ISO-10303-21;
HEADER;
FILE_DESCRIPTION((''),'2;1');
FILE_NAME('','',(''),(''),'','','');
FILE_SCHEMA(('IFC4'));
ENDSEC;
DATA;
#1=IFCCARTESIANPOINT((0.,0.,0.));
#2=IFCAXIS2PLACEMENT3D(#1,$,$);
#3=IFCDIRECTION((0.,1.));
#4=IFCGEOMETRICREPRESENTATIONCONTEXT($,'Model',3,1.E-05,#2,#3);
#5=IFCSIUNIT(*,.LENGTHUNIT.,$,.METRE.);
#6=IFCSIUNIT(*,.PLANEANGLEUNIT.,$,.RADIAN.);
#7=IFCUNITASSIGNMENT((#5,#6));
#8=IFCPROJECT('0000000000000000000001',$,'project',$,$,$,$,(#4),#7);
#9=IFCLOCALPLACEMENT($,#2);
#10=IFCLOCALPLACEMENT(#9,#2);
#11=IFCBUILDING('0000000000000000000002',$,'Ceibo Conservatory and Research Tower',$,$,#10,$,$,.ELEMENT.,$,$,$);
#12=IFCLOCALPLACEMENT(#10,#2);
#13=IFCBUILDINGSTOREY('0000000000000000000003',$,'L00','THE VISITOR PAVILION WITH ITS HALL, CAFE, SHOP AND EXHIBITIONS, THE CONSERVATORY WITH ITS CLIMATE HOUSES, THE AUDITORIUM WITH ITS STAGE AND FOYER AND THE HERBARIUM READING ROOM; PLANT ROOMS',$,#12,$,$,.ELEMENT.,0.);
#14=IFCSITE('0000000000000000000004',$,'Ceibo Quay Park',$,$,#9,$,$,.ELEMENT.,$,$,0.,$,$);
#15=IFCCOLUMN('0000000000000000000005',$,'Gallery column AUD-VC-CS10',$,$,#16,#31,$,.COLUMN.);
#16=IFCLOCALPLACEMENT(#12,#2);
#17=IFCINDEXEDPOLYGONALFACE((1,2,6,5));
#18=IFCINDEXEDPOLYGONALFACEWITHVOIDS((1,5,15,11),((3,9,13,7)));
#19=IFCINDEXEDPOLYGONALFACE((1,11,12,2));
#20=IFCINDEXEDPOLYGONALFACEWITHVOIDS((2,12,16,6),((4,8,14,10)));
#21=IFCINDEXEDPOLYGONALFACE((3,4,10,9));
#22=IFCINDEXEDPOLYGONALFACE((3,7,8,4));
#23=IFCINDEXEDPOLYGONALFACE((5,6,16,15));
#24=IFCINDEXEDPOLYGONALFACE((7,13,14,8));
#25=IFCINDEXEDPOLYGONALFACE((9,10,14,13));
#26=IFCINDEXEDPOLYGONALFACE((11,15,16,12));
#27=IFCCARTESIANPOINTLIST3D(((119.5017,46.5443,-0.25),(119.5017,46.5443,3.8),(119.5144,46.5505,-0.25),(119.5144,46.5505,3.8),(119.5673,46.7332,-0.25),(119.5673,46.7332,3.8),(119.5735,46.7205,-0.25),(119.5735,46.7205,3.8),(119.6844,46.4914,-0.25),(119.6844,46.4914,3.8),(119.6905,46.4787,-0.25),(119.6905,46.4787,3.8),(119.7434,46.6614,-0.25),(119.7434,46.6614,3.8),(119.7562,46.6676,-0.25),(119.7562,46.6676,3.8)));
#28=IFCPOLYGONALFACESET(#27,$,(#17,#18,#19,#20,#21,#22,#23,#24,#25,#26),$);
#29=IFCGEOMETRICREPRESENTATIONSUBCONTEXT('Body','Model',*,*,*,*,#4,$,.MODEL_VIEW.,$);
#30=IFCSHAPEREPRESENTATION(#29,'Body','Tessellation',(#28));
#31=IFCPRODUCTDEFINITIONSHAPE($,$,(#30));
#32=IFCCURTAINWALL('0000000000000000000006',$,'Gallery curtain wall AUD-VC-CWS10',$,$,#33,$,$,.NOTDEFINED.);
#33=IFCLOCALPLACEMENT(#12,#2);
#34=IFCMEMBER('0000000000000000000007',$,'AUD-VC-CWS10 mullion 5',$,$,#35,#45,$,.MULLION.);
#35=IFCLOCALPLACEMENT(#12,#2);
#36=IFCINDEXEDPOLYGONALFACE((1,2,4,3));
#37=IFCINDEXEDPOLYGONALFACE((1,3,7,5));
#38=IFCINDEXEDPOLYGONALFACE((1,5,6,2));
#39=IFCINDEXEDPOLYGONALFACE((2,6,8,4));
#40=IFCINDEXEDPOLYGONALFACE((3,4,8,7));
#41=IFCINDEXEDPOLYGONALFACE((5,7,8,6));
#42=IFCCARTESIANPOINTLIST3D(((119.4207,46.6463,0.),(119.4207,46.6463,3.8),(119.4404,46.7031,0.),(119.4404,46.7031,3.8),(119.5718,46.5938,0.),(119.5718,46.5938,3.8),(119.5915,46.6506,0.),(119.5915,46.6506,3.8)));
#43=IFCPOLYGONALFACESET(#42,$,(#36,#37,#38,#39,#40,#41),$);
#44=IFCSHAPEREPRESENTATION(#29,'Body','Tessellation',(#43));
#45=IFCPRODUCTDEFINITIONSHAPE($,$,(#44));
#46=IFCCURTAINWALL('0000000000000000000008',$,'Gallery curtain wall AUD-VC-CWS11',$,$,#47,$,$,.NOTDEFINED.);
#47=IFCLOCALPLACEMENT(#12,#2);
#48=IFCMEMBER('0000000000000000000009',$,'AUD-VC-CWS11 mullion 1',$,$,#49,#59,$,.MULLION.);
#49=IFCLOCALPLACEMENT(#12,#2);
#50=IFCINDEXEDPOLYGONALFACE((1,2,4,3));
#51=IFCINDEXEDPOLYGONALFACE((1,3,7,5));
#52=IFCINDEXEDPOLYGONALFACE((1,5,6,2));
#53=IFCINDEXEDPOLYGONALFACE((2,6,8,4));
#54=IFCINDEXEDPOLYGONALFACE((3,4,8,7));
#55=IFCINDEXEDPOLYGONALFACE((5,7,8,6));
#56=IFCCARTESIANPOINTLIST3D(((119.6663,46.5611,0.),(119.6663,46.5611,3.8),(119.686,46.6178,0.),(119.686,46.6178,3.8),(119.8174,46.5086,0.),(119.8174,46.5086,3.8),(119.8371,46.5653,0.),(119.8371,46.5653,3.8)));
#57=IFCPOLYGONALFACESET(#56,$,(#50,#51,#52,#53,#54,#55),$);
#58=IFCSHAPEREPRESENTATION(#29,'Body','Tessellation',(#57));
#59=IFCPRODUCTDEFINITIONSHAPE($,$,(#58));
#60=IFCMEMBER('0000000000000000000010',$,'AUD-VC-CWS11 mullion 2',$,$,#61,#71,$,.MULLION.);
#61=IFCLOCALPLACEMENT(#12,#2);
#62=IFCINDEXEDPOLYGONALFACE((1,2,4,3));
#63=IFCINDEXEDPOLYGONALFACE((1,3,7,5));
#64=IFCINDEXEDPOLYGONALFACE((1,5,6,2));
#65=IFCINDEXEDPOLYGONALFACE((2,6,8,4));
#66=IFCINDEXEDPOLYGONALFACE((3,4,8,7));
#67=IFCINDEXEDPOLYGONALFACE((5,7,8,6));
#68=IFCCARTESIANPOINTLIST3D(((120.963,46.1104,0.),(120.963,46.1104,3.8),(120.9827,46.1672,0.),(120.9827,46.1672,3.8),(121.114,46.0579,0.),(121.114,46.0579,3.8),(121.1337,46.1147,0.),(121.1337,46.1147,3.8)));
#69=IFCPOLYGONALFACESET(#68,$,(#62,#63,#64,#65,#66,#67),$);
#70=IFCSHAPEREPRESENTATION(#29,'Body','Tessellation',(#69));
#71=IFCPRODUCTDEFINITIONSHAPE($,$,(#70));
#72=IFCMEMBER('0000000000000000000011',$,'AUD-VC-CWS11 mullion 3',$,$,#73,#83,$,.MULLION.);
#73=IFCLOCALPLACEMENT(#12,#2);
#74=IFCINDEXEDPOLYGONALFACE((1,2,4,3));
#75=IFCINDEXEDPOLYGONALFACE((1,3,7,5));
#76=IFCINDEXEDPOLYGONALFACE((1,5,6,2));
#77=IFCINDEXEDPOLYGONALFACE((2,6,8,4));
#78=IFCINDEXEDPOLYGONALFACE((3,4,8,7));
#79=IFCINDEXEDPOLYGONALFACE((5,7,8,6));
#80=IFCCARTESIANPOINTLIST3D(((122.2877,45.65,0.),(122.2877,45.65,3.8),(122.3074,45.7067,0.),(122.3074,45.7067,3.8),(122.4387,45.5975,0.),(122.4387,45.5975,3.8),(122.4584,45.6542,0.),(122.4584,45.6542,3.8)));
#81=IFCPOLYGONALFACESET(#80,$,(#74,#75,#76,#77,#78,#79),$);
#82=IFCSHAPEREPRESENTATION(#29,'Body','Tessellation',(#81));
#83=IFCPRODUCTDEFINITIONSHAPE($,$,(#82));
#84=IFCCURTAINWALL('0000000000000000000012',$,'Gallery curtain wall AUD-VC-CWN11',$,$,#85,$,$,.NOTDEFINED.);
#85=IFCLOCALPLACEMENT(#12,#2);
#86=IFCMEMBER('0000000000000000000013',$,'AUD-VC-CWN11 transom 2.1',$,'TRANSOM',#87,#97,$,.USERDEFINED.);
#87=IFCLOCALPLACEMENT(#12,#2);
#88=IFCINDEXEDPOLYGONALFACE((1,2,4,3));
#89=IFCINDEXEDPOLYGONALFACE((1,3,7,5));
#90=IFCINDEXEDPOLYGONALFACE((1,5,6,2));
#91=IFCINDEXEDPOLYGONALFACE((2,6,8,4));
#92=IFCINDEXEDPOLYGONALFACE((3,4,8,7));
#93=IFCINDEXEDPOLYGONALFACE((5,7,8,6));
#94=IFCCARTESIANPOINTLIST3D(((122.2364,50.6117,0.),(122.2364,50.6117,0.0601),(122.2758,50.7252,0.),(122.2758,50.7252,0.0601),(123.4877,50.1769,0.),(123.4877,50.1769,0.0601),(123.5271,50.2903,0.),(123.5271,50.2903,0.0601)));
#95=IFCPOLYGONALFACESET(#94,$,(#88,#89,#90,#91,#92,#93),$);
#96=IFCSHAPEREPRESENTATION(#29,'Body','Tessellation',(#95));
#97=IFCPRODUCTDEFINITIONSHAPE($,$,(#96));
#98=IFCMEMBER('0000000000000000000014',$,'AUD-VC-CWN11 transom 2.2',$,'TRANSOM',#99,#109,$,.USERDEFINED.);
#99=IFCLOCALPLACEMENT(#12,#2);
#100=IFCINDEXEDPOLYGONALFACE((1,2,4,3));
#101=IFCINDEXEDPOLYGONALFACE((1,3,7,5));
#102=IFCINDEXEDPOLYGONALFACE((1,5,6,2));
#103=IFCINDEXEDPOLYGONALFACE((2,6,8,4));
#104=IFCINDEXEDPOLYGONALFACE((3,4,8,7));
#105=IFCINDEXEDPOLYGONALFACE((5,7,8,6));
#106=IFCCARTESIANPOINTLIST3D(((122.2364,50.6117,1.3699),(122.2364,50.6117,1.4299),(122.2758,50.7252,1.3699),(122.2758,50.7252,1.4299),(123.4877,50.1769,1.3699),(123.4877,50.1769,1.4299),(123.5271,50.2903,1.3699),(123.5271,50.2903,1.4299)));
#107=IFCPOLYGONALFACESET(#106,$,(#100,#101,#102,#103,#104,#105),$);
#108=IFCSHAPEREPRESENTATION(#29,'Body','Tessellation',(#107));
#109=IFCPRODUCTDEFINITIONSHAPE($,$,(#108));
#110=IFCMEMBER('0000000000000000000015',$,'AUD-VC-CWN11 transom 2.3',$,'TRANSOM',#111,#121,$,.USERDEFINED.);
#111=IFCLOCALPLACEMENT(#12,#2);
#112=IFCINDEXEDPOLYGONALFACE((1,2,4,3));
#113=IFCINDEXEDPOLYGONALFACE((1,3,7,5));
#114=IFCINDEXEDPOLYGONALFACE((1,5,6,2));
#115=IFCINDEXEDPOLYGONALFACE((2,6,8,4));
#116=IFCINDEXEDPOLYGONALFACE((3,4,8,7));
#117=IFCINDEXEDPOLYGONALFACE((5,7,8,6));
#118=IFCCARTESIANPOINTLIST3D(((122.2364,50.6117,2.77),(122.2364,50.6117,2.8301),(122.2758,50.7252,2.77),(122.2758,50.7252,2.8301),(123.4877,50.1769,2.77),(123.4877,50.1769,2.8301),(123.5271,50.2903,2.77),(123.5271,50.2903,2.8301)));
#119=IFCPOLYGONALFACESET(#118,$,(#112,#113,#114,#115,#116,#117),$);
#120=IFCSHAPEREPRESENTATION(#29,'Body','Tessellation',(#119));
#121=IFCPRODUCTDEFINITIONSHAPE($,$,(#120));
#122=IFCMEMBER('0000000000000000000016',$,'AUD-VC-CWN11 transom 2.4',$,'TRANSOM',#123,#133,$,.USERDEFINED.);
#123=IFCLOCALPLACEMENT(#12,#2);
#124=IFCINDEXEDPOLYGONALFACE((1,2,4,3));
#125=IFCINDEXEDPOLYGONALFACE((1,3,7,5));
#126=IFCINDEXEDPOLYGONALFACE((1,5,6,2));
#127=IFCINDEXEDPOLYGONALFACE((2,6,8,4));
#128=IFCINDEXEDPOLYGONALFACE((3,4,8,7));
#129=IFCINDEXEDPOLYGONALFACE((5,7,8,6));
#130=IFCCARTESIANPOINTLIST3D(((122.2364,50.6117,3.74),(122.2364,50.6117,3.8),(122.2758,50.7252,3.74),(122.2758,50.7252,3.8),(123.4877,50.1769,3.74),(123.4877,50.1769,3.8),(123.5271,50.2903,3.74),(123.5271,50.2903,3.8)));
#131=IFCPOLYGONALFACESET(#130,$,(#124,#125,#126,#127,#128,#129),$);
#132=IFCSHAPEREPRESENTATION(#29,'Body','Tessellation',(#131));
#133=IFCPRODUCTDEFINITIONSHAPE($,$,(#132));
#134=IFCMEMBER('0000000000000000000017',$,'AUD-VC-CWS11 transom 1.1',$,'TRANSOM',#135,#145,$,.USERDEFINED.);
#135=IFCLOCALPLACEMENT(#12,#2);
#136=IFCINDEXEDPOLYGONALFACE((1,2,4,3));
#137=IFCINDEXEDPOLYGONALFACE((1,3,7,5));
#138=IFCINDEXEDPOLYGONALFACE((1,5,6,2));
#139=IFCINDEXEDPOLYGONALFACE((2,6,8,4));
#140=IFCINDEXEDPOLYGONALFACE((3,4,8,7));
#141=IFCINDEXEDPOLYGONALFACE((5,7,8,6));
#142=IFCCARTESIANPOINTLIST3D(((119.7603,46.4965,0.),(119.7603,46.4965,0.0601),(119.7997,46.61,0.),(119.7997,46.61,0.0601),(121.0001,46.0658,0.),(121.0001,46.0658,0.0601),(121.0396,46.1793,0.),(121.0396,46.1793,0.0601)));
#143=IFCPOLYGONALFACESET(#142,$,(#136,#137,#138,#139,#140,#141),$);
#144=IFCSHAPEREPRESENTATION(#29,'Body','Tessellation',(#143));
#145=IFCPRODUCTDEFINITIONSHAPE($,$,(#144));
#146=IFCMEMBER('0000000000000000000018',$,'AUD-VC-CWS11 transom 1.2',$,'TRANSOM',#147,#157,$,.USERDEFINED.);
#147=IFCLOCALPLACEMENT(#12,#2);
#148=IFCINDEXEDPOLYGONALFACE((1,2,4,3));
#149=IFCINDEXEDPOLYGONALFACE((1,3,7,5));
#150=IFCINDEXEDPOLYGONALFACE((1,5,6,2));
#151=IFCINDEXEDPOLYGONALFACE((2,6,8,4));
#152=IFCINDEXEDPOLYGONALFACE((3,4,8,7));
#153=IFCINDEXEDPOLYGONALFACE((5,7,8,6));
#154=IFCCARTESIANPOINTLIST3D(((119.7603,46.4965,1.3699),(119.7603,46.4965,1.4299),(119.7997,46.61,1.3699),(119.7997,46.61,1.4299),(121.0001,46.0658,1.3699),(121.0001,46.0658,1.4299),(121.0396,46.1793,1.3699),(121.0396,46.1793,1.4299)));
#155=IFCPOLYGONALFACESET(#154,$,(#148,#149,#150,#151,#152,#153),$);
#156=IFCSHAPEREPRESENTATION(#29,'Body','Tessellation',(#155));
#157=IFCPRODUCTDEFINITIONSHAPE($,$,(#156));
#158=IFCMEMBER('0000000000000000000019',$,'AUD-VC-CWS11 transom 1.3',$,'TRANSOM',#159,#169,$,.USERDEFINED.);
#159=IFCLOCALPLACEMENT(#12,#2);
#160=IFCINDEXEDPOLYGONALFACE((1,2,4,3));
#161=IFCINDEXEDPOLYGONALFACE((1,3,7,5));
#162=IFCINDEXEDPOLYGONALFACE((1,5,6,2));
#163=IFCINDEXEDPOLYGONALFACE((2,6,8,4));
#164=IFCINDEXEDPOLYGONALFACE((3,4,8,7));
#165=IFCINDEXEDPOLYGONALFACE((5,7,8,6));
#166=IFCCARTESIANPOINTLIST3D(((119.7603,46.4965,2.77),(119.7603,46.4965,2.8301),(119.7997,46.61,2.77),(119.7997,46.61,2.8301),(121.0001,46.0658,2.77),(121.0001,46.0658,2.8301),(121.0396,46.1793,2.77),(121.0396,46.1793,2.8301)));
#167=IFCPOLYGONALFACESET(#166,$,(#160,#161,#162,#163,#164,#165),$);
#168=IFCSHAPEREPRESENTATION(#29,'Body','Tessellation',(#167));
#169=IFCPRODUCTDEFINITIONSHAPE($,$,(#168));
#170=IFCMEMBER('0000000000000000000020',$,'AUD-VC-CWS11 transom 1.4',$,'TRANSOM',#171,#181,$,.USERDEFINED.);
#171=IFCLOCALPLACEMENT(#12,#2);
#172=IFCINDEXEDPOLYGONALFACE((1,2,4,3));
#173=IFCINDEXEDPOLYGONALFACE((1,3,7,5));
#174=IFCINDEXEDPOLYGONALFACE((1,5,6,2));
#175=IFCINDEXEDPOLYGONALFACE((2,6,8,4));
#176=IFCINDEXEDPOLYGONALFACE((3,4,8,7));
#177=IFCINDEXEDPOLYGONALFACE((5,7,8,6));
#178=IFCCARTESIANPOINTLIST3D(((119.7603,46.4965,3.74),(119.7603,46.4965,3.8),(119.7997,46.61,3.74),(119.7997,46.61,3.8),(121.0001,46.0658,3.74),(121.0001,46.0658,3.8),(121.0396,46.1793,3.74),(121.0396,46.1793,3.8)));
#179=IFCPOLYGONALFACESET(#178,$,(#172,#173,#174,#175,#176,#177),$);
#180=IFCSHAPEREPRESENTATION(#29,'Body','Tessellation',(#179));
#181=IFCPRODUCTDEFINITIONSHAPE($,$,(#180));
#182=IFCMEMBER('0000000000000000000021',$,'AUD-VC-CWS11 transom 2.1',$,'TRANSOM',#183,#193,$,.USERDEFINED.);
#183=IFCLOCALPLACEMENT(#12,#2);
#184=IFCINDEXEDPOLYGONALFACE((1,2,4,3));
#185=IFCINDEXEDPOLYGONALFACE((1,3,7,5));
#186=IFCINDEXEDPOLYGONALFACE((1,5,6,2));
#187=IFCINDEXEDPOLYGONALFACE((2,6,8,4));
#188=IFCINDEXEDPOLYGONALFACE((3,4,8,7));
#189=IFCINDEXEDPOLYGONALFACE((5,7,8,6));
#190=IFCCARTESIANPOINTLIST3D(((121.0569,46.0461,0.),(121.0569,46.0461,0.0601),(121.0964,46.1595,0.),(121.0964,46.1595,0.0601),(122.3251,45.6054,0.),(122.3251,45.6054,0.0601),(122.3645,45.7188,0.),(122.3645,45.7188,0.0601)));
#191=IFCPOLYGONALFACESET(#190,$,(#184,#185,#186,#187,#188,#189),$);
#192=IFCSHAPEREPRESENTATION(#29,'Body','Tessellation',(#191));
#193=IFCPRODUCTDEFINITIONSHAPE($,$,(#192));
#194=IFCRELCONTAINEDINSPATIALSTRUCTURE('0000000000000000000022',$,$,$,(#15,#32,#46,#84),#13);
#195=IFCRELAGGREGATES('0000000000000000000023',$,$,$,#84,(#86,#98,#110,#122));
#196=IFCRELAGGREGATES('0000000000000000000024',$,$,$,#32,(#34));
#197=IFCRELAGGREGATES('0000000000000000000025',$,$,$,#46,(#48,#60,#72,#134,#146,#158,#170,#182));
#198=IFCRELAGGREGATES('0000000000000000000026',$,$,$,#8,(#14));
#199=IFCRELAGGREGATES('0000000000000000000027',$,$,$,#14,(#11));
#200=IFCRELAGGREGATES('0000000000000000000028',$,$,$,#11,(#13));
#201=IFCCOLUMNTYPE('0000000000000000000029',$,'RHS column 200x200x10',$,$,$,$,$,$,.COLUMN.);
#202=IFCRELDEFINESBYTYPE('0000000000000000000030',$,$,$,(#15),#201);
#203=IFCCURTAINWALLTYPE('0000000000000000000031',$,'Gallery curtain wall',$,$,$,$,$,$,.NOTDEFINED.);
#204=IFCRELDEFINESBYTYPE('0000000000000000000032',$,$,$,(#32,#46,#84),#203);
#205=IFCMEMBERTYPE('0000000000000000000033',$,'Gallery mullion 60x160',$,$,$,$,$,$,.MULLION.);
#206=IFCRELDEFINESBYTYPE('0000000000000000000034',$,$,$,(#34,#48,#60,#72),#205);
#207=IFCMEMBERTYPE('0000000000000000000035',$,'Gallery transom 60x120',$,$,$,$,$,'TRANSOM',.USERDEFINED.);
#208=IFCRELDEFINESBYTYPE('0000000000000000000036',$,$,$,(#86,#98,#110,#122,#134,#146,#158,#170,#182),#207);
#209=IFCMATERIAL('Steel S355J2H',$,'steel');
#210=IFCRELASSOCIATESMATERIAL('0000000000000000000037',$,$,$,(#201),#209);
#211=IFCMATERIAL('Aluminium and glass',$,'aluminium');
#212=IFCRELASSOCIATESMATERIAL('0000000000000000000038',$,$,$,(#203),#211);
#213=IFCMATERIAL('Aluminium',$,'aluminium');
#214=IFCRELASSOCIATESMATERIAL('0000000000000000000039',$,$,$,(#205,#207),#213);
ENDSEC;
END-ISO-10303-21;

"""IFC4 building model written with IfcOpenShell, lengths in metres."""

from ifc_helpers import new_model, si_unit, direction, frame, origin, origin_2d, place, context, subcontext, project, spatial, rectangle, hollow_rectangle, extrude, material, material_profile, profile_set, type_object, element, aggregate, save


model = new_model("IFC4")

# Units and contexts
model_context = context("Model", 3, precision=1e-05, world=origin(), true_north=direction((0.0, 1.0)))
body_context = subcontext(model_context, "Body", "Model", "MODEL_VIEW")
ifc_project = project(units=[si_unit("LENGTHUNIT", "METRE"), si_unit("PLANEANGLEUNIT", "RADIAN")], contexts=[model_context])

# Site, building, storey
site_placement = place(None, origin())
site = spatial("IfcSite", under=ifc_project, at=site_placement, Name="Ceibo Quay Park", CompositionType="ELEMENT", RefElevation=0.0)
building_placement = place(site_placement, origin())
building = spatial("IfcBuilding", under=site, at=building_placement, Name="Ceibo Conservatory and Research Tower", CompositionType="ELEMENT")
storey_placement = place(building_placement, origin())
storey = spatial("IfcBuildingStorey", under=building, at=storey_placement, Name="L00", Description="THE VISITOR PAVILION WITH ITS HALL, CAFE, SHOP AND EXHIBITIONS, THE CONSERVATORY WITH ITS CLIMATE HOUSES, THE AUDITORIUM WITH ITS STAGE AND FOYER AND THE HERBARIUM READING ROOM; PLANT ROOMS", CompositionType="ELEMENT", Elevation=0.0)

# Column
ifc_material_1 = material(Name="Steel S355J2H", Category="steel")
ifc_material_profile_1 = material_profile(ifc_material_1, hollow_rectangle(XDim=0.2, YDim=0.2, WallThickness=0.01, at=origin_2d()), Name="RHS column 200x200x10")
ifc_profile_set_1 = profile_set([ifc_material_profile_1], Name="Steel S355J2H")
column_type = type_object("IfcColumnType", Name="RHS column 200x200x10", PredefinedType="COLUMN", material=ifc_profile_set_1)
column_placement = place(storey_placement, frame((119.6289, 46.606, -0.25), z_axis=(0.0, 0.0, 1.0), x_axis=(0.944579, -0.328284, 0.0)))
element("IfcColumn", 1, at=column_placement, inside=storey, type_object=column_type, Name="Gallery column AUD-VC-CS10", PredefinedType="COLUMN", context=body_context, shape_type="SweptSolid", body=[
    extrude(hollow_rectangle(XDim=0.2, YDim=0.2, WallThickness=0.01, at=origin_2d()), origin(), (0.0, 0.0, 1.0), 4.05),
])

# Curtain wall, member
ifc_material_2 = material(Name="Aluminium and glass", Category="aluminium")
curtain_wall_type = type_object("IfcCurtainWallType", Name="Gallery curtain wall", PredefinedType="NOTDEFINED", material=ifc_material_2)
curtain_wall_1_placement = place(storey_placement, origin())
curtain_wall_1 = element("IfcCurtainWall", 2, at=curtain_wall_1_placement, inside=storey, type_object=curtain_wall_type, Name="Gallery curtain wall AUD-VC-CWS10", PredefinedType="NOTDEFINED")
ifc_material_3 = material(Name="Aluminium", Category="aluminium")
ifc_material_profile_2 = material_profile(ifc_material_3, rectangle(XDim=0.0601, YDim=0.1599, at=origin_2d()), Name="AL 60x160")
ifc_profile_set_2 = profile_set([ifc_material_profile_2], Name="Aluminium")
member_type_1 = type_object("IfcMemberType", Name="Gallery mullion 60x160", PredefinedType="MULLION", material=ifc_profile_set_2)
member_1_placement = place(storey_placement, frame((119.5061, 46.6484, 0.0), z_axis=(0.0, 0.0, 1.0), x_axis=(0.328284, 0.944579, 0.0)))
member_1 = element("IfcMember", 3, at=member_1_placement, type_object=member_type_1, Name="AUD-VC-CWS10 mullion 5", PredefinedType="MULLION", context=body_context, shape_type="SweptSolid", body=[
    extrude(rectangle(XDim=0.0601, YDim=0.1599, at=origin_2d()), origin(), (0.0, 0.0, 1.0), 3.8),
])

# Curtain walls, members
curtain_wall_2_placement = place(storey_placement, origin())
curtain_wall_2 = element("IfcCurtainWall", 4, at=curtain_wall_2_placement, inside=storey, type_object=curtain_wall_type, Name="Gallery curtain wall AUD-VC-CWS11", PredefinedType="NOTDEFINED")
member_2_placement = place(storey_placement, frame((119.7517, 46.5632, 0.0), z_axis=(0.0, 0.0, 1.0), x_axis=(0.328284, 0.944579, 0.0)))
member_2 = element("IfcMember", 5, at=member_2_placement, type_object=member_type_1, Name="AUD-VC-CWS11 mullion 1", PredefinedType="MULLION", context=body_context, shape_type="SweptSolid", body=[
    extrude(rectangle(XDim=0.0601, YDim=0.1599, at=origin_2d()), origin(), (0.0, 0.0, 1.0), 3.8),
])
member_3_placement = place(storey_placement, frame((121.0483, 46.1125, 0.0), z_axis=(0.0, 0.0, 1.0), x_axis=(0.328284, 0.944579, 0.0)))
member_3 = element("IfcMember", 6, at=member_3_placement, type_object=member_type_1, Name="AUD-VC-CWS11 mullion 2", PredefinedType="MULLION", context=body_context, shape_type="SweptSolid", body=[
    extrude(rectangle(XDim=0.0601, YDim=0.1599, at=origin_2d()), origin(), (0.0, 0.0, 1.0), 3.8),
])
member_4_placement = place(storey_placement, frame((122.373, 45.6521, 0.0), z_axis=(0.0, 0.0, 1.0), x_axis=(0.328284, 0.944579, 0.0)))
member_4 = element("IfcMember", 7, at=member_4_placement, type_object=member_type_1, Name="AUD-VC-CWS11 mullion 3", PredefinedType="MULLION", context=body_context, shape_type="SweptSolid", body=[
    extrude(rectangle(XDim=0.0601, YDim=0.1599, at=origin_2d()), origin(), (0.0, 0.0, 1.0), 3.8),
])
curtain_wall_3_placement = place(storey_placement, origin())
curtain_wall_3 = element("IfcCurtainWall", 8, at=curtain_wall_3_placement, inside=storey, type_object=curtain_wall_type, Name="Gallery curtain wall AUD-VC-CWN11", PredefinedType="NOTDEFINED")
ifc_material_profile_3 = material_profile(ifc_material_3, rectangle(XDim=0.1201, YDim=0.0601, at=origin_2d()), Name="AL 60x120")
ifc_profile_set_3 = profile_set([ifc_material_profile_3], Name="Aluminium")
member_type_2 = type_object("IfcMemberType", Name="Gallery transom 60x120", ElementType="TRANSOM", PredefinedType="USERDEFINED", material=ifc_profile_set_3)
member_5_placement = place(storey_placement, frame((122.2561, 50.6685, 0.03), z_axis=(0.944589, -0.328256, 0.0), x_axis=(0.328256, 0.944589, 0.0)))
member_5 = element("IfcMember", 9, at=member_5_placement, type_object=member_type_2, Name="AUD-VC-CWN11 transom 2.1", ObjectType="TRANSOM", PredefinedType="USERDEFINED", context=body_context, shape_type="SweptSolid", body=[
    extrude(rectangle(XDim=0.1201, YDim=0.0601, at=origin_2d()), origin(), (0.0, 0.0, 1.0), 1.3247),
])
member_6_placement = place(storey_placement, frame((122.2561, 50.6685, 1.3999), z_axis=(0.944589, -0.328256, 0.0), x_axis=(0.328256, 0.944589, 0.0)))
member_6 = element("IfcMember", 10, at=member_6_placement, type_object=member_type_2, Name="AUD-VC-CWN11 transom 2.2", ObjectType="TRANSOM", PredefinedType="USERDEFINED", context=body_context, shape_type="SweptSolid", body=[
    extrude(rectangle(XDim=0.1201, YDim=0.0601, at=origin_2d()), origin(), (0.0, 0.0, 1.0), 1.3247),
])
member_7_placement = place(storey_placement, frame((122.2561, 50.6685, 2.8), z_axis=(0.944589, -0.328256, 0.0), x_axis=(0.328256, 0.944589, 0.0)))
member_7 = element("IfcMember", 11, at=member_7_placement, type_object=member_type_2, Name="AUD-VC-CWN11 transom 2.3", ObjectType="TRANSOM", PredefinedType="USERDEFINED", context=body_context, shape_type="SweptSolid", body=[
    extrude(rectangle(XDim=0.1201, YDim=0.0601, at=origin_2d()), origin(), (0.0, 0.0, 1.0), 1.3247),
])
member_8_placement = place(storey_placement, frame((122.2561, 50.6685, 3.77), z_axis=(0.944589, -0.328256, 0.0), x_axis=(0.328256, 0.944589, 0.0)))
member_8 = element("IfcMember", 12, at=member_8_placement, type_object=member_type_2, Name="AUD-VC-CWN11 transom 2.4", ObjectType="TRANSOM", PredefinedType="USERDEFINED", context=body_context, shape_type="SweptSolid", body=[
    extrude(rectangle(XDim=0.1201, YDim=0.0601, at=origin_2d()), origin(), (0.0, 0.0, 1.0), 1.3247),
])

# Members
member_9_placement = place(storey_placement, frame((119.78, 46.5532, 0.03), z_axis=(0.944627, -0.328145, 0.0), x_axis=(0.328145, 0.944627, 0.0)))
member_9 = element("IfcMember", 13, at=member_9_placement, type_object=member_type_2, Name="AUD-VC-CWS11 transom 1.1", ObjectType="TRANSOM", PredefinedType="USERDEFINED", context=body_context, shape_type="SweptSolid", body=[
    extrude(rectangle(XDim=0.1201, YDim=0.0601, at=origin_2d()), origin(), (0.0, 0.0, 1.0), 1.3125),
])
member_10_placement = place(storey_placement, frame((119.78, 46.5532, 1.3999), z_axis=(0.944627, -0.328145, 0.0), x_axis=(0.328145, 0.944627, 0.0)))
member_10 = element("IfcMember", 14, at=member_10_placement, type_object=member_type_2, Name="AUD-VC-CWS11 transom 1.2", ObjectType="TRANSOM", PredefinedType="USERDEFINED", context=body_context, shape_type="SweptSolid", body=[
    extrude(rectangle(XDim=0.1201, YDim=0.0601, at=origin_2d()), origin(), (0.0, 0.0, 1.0), 1.3125),
])
member_11_placement = place(storey_placement, frame((119.78, 46.5532, 2.8), z_axis=(0.944627, -0.328145, 0.0), x_axis=(0.328145, 0.944627, 0.0)))
member_11 = element("IfcMember", 15, at=member_11_placement, type_object=member_type_2, Name="AUD-VC-CWS11 transom 1.3", ObjectType="TRANSOM", PredefinedType="USERDEFINED", context=body_context, shape_type="SweptSolid", body=[
    extrude(rectangle(XDim=0.1201, YDim=0.0601, at=origin_2d()), origin(), (0.0, 0.0, 1.0), 1.3125),
])
member_12_placement = place(storey_placement, frame((119.78, 46.5532, 3.77), z_axis=(0.944627, -0.328145, 0.0), x_axis=(0.328145, 0.944627, 0.0)))
member_12 = element("IfcMember", 16, at=member_12_placement, type_object=member_type_2, Name="AUD-VC-CWS11 transom 1.4", ObjectType="TRANSOM", PredefinedType="USERDEFINED", context=body_context, shape_type="SweptSolid", body=[
    extrude(rectangle(XDim=0.1201, YDim=0.0601, at=origin_2d()), origin(), (0.0, 0.0, 1.0), 1.3125),
])
member_13_placement = place(storey_placement, frame((121.0767, 46.1028, 0.03), z_axis=(0.944588, -0.32826, 0.0), x_axis=(0.32826, 0.944588, 0.0)))
member_13 = element("IfcMember", 17, at=member_13_placement, type_object=member_type_2, Name="AUD-VC-CWS11 transom 2.1", ObjectType="TRANSOM", PredefinedType="USERDEFINED", context=body_context, shape_type="SweptSolid", body=[
    extrude(rectangle(XDim=0.1201, YDim=0.0601, at=origin_2d()), origin(), (0.0, 0.0, 1.0), 1.3425),
])

aggregate(curtain_wall_3, [member_5, member_6, member_7, member_8])
aggregate(curtain_wall_1, [member_1])
aggregate(curtain_wall_2, [member_2, member_3, member_4, member_9, member_10, member_11, member_12, member_13])

save(model, "model.ifc")
